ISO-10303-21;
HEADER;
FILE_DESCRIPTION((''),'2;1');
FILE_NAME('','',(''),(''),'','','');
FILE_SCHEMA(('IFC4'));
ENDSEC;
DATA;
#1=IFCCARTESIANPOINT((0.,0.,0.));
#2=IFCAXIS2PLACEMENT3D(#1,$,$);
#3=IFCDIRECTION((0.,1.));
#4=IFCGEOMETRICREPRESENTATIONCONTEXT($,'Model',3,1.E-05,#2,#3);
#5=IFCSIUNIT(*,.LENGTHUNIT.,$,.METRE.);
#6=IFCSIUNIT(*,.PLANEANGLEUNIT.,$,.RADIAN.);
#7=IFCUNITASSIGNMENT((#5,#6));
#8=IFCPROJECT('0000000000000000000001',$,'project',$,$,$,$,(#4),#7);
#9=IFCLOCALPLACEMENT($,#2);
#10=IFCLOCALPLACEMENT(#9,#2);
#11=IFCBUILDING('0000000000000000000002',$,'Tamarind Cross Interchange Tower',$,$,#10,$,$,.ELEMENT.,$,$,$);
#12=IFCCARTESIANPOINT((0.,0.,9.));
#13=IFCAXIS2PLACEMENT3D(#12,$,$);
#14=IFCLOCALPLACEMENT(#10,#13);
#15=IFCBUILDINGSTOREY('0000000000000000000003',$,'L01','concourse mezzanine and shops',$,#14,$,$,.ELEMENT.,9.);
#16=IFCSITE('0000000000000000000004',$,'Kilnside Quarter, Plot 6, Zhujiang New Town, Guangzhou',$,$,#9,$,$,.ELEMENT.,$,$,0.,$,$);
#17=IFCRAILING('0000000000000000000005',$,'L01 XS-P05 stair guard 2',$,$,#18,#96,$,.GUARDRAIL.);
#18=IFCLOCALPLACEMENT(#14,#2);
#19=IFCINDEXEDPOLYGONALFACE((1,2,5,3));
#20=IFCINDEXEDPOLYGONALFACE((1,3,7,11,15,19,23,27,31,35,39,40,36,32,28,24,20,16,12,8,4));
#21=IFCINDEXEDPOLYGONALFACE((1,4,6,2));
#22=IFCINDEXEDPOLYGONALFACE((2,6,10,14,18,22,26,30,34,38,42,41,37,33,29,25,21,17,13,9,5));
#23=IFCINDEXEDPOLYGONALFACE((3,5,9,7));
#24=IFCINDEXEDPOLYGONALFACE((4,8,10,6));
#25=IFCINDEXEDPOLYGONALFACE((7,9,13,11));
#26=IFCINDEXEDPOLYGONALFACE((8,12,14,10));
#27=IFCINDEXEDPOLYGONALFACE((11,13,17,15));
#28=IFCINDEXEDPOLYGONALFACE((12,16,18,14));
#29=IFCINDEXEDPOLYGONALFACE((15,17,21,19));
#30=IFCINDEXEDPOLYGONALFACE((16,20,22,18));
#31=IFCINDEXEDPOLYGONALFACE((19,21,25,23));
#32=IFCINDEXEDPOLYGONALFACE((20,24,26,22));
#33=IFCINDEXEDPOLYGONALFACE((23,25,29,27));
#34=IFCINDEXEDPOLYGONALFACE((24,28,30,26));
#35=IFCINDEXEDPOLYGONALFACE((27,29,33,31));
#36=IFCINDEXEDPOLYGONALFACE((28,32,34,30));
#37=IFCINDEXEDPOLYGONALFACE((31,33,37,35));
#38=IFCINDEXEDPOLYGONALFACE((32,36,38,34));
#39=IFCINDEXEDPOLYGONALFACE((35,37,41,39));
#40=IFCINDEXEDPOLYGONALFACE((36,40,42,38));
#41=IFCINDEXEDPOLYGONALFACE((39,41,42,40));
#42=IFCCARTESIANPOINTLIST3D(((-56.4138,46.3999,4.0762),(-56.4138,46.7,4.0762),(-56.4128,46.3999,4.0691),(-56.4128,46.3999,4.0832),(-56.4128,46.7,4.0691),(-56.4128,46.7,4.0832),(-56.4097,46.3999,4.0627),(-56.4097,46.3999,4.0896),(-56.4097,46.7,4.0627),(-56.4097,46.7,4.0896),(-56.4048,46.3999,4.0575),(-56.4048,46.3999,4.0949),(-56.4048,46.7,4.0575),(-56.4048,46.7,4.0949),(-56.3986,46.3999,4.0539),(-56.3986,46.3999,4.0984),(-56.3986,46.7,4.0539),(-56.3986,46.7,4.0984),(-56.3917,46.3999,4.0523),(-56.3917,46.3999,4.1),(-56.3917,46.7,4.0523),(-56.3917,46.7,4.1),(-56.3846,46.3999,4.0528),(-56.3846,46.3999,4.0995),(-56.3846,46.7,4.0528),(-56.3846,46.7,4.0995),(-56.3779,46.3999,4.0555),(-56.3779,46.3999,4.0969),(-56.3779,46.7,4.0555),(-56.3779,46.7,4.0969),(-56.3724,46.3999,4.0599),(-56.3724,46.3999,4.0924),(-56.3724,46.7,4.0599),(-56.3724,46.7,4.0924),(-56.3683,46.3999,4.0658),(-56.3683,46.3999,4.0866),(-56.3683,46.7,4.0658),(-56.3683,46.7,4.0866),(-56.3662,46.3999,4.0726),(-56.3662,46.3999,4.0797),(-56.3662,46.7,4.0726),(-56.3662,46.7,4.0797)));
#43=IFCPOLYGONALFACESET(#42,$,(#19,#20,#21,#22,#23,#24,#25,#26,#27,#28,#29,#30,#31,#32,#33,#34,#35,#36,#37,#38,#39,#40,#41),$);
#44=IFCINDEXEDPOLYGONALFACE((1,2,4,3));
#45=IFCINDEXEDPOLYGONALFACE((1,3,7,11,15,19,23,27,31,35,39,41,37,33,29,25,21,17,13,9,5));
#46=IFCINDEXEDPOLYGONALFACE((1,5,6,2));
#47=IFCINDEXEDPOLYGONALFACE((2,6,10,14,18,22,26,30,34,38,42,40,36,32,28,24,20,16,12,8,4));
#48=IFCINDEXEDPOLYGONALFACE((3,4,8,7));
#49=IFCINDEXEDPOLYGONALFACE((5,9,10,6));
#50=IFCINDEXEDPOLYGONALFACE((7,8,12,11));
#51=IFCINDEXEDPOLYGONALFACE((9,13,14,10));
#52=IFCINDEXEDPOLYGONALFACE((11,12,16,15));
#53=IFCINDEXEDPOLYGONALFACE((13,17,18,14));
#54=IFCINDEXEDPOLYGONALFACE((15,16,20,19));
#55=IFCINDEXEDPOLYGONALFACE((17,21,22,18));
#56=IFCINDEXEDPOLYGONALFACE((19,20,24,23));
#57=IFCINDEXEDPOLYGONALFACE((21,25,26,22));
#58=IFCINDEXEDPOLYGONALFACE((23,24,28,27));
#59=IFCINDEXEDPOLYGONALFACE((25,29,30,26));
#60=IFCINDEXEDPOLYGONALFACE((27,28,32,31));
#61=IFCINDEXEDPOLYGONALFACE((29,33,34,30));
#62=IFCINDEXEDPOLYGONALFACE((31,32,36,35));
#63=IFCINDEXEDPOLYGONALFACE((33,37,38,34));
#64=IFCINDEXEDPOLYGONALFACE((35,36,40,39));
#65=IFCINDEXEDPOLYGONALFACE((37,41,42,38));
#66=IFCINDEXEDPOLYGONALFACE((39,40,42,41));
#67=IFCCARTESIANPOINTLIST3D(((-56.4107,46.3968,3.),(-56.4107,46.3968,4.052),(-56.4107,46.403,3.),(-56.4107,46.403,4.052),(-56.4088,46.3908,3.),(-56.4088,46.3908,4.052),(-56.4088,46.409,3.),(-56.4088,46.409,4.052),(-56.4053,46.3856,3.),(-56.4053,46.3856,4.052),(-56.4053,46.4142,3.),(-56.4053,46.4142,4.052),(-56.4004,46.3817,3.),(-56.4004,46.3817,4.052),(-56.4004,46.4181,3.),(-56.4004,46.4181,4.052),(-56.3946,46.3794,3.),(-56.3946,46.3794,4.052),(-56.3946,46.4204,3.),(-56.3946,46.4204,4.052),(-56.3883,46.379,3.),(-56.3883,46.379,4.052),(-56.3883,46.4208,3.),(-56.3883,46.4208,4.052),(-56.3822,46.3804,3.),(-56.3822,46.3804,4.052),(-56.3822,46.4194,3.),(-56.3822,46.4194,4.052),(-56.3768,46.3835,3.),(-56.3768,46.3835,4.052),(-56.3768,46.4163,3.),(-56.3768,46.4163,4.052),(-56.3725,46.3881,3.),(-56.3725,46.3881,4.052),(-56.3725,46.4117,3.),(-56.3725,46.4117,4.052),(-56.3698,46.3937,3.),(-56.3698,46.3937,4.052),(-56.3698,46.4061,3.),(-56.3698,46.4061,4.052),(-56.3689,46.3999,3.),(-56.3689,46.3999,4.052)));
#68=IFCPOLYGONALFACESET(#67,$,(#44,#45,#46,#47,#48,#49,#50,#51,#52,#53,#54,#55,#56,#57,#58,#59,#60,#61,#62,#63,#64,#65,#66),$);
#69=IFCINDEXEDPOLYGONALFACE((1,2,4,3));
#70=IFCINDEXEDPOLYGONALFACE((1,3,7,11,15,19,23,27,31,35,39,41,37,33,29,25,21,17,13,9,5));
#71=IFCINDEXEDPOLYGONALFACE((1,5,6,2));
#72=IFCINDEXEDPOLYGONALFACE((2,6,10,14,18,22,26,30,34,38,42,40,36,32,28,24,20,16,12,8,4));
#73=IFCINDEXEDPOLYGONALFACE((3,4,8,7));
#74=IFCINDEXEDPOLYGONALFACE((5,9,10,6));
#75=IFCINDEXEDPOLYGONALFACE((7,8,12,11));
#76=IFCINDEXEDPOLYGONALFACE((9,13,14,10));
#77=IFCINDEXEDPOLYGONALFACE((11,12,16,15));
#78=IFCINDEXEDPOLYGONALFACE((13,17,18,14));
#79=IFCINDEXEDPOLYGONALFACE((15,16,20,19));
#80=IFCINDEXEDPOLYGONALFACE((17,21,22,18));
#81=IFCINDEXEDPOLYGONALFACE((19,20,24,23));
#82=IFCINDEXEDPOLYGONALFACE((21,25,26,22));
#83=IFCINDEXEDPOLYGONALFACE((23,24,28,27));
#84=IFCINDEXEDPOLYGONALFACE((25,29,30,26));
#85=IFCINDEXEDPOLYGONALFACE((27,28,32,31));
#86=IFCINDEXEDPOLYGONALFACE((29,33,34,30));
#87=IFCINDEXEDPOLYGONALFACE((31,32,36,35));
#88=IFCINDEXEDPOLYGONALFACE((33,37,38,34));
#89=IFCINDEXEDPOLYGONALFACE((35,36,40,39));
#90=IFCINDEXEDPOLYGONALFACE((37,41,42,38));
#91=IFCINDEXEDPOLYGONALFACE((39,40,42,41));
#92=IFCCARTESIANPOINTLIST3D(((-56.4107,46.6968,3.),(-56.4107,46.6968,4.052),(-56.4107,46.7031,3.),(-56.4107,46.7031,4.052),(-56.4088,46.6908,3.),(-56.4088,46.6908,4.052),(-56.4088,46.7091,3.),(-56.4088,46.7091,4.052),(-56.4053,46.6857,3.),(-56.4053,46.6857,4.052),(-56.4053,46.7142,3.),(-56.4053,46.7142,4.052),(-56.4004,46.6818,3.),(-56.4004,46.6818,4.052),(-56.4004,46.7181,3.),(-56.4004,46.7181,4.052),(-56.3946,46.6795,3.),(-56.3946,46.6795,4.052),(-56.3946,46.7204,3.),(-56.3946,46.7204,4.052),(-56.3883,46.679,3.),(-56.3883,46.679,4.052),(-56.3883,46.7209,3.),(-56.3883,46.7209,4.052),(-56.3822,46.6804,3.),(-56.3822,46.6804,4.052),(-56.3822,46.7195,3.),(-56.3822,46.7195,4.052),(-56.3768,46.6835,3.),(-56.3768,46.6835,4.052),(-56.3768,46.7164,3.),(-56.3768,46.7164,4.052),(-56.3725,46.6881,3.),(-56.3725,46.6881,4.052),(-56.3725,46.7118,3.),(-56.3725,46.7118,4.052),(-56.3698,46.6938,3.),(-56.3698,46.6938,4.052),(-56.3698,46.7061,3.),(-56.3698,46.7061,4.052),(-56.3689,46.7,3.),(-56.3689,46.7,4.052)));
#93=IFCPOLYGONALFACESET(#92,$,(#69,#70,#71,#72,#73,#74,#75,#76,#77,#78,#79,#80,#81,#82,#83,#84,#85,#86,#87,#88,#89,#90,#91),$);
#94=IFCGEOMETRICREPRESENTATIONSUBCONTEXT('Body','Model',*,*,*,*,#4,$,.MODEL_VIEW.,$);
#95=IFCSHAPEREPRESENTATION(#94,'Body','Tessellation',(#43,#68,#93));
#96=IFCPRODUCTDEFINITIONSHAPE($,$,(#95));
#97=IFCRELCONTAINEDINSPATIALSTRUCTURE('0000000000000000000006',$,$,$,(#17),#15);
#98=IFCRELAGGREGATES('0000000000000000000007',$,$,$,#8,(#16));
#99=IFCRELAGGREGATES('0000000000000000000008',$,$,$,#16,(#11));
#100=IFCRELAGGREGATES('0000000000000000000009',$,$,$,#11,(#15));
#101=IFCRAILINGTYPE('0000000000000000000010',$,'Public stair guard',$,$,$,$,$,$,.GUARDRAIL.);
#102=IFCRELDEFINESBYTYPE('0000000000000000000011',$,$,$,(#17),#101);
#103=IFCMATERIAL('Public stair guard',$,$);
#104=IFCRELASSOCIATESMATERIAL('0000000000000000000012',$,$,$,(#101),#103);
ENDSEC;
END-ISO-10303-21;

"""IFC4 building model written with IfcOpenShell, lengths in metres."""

from ifc_helpers import new_model, si_unit, direction, frame, origin, origin_2d, place, context, subcontext, project, spatial, circle, extrude, material, type_object, element, save


model = new_model("IFC4")

# Units and contexts
model_context = context("Model", 3, precision=1e-05, world=origin(), true_north=direction((0.0, 1.0)))
body_context = subcontext(model_context, "Body", "Model", "MODEL_VIEW")
ifc_project = project(units=[si_unit("LENGTHUNIT", "METRE"), si_unit("PLANEANGLEUNIT", "RADIAN")], contexts=[model_context])

# Site, building, storey
site_placement = place(None, origin())
site = spatial("IfcSite", under=ifc_project, at=site_placement, Name="Kilnside Quarter, Plot 6, Zhujiang New Town, Guangzhou", CompositionType="ELEMENT", RefElevation=0.0)
building_placement = place(site_placement, origin())
building = spatial("IfcBuilding", under=site, at=building_placement, Name="Tamarind Cross Interchange Tower", CompositionType="ELEMENT")
storey_placement = place(building_placement, frame((0.0, 0.0, 9.0)))
storey = spatial("IfcBuildingStorey", under=building, at=storey_placement, Name="L01", Description="concourse mezzanine and shops", CompositionType="ELEMENT", Elevation=9.0)

# Railing
ifc_material_1 = material(Name="Public stair guard")
railing_type_1 = type_object("IfcRailingType", Name="Public stair guard", PredefinedType="GUARDRAIL", material=ifc_material_1)
railing_1_placement = place(storey_placement, frame((-56.3899, 46.3999, 3.0)))
element("IfcRailing", 1, at=railing_1_placement, inside=storey, type_object=railing_type_1, Name="L01 XS-P05 stair guard 2", PredefinedType="GUARDRAIL", context=body_context, shape_type="SweptSolid", body=[
    extrude(circle(Radius=0.0239, at=origin_2d()), frame((0.0, 0.0, 1.0762), z_axis=(0.0, 1.0, 0.0), x_axis=(-1.0, 0.0, 0.0)), (0.0, 0.0, 1.0), 0.3),
    extrude(circle(Radius=0.021, at=origin_2d()), origin(), (0.0, 0.0, 1.0), 1.052),
    extrude(circle(Radius=0.021, at=origin_2d()), frame((0.0, 0.3, 0.0)), (0.0, 0.0, 1.0), 1.052),
])

save(model, "model.ifc")
